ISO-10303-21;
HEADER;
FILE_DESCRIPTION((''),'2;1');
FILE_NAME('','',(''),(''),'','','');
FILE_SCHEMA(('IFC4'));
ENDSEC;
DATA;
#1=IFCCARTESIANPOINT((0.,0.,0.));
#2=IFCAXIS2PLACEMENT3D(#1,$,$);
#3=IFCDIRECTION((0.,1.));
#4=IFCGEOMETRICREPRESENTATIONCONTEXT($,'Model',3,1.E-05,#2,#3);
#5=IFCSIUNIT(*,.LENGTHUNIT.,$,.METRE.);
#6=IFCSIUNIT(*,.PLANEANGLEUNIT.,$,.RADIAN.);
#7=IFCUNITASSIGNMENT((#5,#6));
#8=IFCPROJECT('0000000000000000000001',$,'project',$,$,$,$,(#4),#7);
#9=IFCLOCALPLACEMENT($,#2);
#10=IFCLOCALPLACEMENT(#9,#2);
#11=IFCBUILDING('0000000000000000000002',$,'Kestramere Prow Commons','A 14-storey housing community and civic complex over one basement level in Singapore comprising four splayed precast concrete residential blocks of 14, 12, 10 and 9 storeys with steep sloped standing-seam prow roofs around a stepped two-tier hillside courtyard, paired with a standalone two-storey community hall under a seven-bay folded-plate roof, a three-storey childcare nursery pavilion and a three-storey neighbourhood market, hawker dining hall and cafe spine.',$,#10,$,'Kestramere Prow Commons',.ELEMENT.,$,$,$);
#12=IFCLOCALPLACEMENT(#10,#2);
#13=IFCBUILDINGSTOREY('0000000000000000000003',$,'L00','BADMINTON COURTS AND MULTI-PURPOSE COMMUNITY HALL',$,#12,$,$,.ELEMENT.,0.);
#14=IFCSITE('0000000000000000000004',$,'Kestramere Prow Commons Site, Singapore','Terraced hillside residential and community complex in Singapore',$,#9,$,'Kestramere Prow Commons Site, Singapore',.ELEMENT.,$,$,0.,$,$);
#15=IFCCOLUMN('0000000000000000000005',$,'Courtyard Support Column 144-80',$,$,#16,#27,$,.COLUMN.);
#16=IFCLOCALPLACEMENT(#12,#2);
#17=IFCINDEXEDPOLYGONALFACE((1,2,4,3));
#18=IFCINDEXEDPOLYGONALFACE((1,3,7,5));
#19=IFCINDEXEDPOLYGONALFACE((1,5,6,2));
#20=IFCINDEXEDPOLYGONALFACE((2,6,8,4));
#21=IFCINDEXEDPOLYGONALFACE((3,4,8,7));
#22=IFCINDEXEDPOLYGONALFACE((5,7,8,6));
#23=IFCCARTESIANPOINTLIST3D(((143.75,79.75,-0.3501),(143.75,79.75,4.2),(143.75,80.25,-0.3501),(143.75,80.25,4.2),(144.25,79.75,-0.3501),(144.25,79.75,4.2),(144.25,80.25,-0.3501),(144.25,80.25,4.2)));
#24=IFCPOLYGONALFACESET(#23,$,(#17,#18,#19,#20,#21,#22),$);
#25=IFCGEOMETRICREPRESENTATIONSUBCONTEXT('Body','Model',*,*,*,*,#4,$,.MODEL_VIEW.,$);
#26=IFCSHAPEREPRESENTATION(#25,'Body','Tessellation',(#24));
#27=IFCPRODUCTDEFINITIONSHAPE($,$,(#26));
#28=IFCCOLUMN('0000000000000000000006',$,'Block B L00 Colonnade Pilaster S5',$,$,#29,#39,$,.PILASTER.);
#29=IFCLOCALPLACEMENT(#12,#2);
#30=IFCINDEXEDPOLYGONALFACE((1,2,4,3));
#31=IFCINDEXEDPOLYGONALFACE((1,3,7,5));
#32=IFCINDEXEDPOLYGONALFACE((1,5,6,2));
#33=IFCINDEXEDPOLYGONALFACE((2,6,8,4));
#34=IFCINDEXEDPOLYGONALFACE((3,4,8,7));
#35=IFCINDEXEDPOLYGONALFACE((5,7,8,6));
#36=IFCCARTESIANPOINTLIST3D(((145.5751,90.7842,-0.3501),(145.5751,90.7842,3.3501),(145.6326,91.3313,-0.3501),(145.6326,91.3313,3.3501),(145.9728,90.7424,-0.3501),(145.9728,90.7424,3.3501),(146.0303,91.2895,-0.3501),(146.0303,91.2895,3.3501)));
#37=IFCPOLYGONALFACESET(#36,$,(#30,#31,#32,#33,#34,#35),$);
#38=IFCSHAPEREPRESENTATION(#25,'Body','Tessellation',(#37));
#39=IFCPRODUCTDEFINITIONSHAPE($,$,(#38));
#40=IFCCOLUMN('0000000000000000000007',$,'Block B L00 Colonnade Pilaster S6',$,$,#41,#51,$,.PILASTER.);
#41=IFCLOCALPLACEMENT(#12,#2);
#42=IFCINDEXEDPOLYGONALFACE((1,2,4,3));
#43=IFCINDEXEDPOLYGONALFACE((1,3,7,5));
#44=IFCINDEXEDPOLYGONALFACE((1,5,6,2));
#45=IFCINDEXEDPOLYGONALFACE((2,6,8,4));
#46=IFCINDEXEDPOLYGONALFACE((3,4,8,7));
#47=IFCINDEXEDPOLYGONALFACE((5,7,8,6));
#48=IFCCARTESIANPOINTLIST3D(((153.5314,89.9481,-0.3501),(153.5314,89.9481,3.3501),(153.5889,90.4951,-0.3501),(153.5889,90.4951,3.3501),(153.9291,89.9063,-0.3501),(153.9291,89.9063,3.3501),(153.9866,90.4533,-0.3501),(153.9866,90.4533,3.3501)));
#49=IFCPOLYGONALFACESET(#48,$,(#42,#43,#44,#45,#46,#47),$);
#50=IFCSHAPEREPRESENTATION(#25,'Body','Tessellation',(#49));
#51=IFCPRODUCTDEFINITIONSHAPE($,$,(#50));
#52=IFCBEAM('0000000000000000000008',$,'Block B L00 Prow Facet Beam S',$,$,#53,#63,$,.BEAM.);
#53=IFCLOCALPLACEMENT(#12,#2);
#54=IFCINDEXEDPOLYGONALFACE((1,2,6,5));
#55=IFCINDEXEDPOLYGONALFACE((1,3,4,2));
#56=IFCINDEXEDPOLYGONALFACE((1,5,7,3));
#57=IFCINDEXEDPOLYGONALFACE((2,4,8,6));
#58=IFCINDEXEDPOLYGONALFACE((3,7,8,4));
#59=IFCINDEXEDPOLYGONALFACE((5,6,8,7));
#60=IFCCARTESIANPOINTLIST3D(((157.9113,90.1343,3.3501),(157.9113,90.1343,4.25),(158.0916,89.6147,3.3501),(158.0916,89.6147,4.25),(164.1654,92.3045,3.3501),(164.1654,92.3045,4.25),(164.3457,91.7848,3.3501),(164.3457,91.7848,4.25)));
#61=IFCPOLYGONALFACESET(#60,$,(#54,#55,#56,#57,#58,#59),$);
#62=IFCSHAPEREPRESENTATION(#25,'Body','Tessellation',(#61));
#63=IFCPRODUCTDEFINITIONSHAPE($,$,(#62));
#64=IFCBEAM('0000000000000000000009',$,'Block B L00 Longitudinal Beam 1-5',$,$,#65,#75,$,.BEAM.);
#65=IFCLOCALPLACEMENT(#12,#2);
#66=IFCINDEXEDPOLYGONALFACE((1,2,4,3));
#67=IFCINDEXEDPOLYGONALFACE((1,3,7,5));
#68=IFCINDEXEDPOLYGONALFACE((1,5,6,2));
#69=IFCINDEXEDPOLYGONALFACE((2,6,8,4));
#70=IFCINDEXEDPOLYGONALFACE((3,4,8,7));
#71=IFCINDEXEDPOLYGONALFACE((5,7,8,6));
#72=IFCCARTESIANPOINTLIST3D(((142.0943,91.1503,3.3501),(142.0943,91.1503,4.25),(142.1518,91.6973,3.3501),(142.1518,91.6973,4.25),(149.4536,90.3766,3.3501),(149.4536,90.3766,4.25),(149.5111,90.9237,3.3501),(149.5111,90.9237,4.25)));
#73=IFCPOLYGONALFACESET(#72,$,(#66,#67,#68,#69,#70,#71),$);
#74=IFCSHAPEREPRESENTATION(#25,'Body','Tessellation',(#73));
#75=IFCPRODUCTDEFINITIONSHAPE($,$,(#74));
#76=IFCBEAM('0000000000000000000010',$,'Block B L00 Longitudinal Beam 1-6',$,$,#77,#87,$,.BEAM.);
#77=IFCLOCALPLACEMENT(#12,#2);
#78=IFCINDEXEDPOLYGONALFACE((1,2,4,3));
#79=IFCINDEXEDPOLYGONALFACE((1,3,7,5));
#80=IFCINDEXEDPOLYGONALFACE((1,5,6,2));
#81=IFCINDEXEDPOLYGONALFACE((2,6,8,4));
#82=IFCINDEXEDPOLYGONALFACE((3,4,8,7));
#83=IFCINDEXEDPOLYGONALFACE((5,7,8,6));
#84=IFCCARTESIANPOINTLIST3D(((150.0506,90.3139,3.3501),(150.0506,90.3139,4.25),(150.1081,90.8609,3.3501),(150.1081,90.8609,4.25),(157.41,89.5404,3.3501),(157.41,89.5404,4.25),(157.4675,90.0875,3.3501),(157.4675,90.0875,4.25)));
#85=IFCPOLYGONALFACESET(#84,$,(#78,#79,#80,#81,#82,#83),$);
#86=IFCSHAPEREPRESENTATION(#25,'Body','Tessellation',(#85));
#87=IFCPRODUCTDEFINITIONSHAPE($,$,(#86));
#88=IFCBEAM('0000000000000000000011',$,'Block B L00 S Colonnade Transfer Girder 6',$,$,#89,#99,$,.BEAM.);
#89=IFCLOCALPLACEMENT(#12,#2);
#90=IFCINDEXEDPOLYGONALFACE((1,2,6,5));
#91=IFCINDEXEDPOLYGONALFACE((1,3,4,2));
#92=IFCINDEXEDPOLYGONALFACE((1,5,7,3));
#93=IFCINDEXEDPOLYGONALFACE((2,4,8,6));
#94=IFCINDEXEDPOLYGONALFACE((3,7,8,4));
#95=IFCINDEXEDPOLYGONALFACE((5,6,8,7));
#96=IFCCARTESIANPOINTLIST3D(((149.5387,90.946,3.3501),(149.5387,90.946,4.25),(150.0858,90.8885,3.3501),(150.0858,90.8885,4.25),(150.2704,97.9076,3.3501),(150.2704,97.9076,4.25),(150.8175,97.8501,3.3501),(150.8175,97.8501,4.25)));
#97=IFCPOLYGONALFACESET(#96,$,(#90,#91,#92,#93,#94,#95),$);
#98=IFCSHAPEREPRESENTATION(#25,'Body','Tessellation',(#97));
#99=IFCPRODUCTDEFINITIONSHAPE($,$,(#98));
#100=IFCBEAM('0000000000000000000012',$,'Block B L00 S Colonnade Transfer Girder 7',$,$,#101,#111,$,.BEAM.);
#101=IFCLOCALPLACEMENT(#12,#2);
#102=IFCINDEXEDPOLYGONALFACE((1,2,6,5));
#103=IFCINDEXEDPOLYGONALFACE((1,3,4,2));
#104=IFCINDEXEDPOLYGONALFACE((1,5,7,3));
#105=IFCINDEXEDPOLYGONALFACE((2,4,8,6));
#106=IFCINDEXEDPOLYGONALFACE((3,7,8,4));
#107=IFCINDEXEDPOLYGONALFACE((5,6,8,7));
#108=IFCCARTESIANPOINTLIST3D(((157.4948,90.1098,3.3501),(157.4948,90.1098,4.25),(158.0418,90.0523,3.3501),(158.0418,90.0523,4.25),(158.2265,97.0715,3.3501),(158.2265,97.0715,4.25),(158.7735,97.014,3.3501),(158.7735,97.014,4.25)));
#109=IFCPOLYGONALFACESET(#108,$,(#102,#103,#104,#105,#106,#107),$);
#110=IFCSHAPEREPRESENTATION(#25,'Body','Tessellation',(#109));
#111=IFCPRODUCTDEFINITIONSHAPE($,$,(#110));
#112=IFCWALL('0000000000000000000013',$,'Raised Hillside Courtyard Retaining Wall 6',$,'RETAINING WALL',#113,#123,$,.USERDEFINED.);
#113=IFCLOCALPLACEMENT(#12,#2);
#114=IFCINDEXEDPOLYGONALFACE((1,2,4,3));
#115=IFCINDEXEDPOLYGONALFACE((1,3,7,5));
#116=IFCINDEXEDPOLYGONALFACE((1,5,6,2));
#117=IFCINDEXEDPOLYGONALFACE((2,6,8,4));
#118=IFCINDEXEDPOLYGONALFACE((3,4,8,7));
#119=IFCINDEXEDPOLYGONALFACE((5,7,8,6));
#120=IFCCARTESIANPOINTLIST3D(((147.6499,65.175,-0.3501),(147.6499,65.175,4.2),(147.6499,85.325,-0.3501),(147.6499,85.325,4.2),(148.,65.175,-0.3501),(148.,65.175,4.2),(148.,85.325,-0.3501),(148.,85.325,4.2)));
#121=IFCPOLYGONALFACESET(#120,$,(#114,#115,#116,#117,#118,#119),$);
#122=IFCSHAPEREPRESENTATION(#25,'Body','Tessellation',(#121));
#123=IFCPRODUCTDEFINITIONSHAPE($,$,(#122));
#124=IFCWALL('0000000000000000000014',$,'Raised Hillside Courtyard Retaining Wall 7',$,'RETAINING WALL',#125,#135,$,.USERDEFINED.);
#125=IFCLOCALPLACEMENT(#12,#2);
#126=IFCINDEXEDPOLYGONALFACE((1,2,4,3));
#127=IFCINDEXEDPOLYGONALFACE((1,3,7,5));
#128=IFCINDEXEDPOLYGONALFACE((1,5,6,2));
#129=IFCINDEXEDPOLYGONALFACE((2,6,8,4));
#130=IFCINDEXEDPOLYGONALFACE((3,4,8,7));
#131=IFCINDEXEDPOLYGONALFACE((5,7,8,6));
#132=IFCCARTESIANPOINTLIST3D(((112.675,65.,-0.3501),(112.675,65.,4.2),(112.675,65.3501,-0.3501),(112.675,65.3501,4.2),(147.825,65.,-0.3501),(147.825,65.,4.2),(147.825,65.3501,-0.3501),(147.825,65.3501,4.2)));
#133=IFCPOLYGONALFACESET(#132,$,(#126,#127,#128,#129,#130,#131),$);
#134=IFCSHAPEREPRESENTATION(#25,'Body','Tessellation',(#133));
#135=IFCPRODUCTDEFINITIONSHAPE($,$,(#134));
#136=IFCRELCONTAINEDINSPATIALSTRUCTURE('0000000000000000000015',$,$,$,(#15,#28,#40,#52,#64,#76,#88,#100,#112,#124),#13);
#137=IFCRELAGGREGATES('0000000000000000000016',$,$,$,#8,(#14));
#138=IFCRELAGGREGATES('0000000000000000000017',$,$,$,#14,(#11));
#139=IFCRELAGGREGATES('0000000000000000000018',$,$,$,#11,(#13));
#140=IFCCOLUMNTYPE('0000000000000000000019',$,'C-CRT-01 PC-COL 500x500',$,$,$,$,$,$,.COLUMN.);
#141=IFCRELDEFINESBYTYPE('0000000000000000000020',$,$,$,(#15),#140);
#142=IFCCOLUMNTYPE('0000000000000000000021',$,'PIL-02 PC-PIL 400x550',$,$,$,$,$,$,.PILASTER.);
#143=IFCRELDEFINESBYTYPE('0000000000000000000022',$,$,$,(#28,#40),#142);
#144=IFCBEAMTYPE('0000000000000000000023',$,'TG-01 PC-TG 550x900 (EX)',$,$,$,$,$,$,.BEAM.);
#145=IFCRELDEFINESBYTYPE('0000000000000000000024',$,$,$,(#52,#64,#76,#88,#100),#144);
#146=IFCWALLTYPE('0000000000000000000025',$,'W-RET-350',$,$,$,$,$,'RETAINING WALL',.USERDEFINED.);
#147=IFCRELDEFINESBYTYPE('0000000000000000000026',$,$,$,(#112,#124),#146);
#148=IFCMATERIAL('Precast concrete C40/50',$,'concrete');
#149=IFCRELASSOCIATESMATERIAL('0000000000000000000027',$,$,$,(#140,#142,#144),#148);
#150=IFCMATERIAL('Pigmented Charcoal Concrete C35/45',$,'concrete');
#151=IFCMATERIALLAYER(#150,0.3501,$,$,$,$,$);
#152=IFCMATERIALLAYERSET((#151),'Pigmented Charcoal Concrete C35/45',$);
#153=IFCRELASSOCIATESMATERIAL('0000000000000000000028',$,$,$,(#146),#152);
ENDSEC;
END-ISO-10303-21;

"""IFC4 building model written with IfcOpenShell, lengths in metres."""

from ifc_helpers import new_model, si_unit, direction, frame, frame_2d, origin, origin_2d, place, context, subcontext, project, spatial, rectangle, extrude, material, layer, layer_set, material_profile, profile_set, type_object, element, save


model = new_model("IFC4")

# Units and contexts
model_context = context("Model", 3, precision=1e-05, world=origin(), true_north=direction((0.0, 1.0)))
body_context = subcontext(model_context, "Body", "Model", "MODEL_VIEW")
ifc_project = project(units=[si_unit("LENGTHUNIT", "METRE"), si_unit("PLANEANGLEUNIT", "RADIAN")], contexts=[model_context])

# Site, building, storey
site_placement = place(None, origin())
site = spatial("IfcSite", under=ifc_project, at=site_placement, Name="Kestramere Prow Commons Site, Singapore", Description="Terraced hillside residential and community complex in Singapore", LongName="Kestramere Prow Commons Site, Singapore", CompositionType="ELEMENT", RefElevation=0.0)
building_placement = place(site_placement, origin())
building = spatial("IfcBuilding", under=site, at=building_placement, Name="Kestramere Prow Commons", Description="A 14-storey housing community and civic complex over one basement level in Singapore comprising four splayed precast concrete residential blocks of 14, 12, 10 and 9 storeys with steep sloped standing-seam prow roofs around a stepped two-tier hillside courtyard, paired with a standalone two-storey community hall under a seven-bay folded-plate roof, a three-storey childcare nursery pavilion and a three-storey neighbourhood market, hawker dining hall and cafe spine.", LongName="Kestramere Prow Commons", CompositionType="ELEMENT")
storey_placement = place(building_placement, origin())
storey = spatial("IfcBuildingStorey", under=building, at=storey_placement, Name="L00", Description="BADMINTON COURTS AND MULTI-PURPOSE COMMUNITY HALL", CompositionType="ELEMENT", Elevation=0.0)

# Columns
ifc_material_1 = material(Name="Precast concrete C40/50", Category="concrete")
ifc_material_profile_1 = material_profile(ifc_material_1, rectangle(XDim=0.5, YDim=0.5, at=origin_2d()), Name="PC-COL 500x500")
ifc_profile_set_1 = profile_set([ifc_material_profile_1], Name="Precast concrete C40/50")
column_type_1 = type_object("IfcColumnType", Name="C-CRT-01 PC-COL 500x500", PredefinedType="COLUMN", material=ifc_profile_set_1)
for number, where, z_axis, x_axis, name in (
    (1, (144.0, 80.0, -0.3501), (0.0, 0.0, 1.0), (1.0, 0.0, 0.0), "Courtyard Support Column 144-80"),
):
    element("IfcColumn", number, at=place(storey_placement, frame(where, z_axis=z_axis, x_axis=x_axis)), inside=storey, type_object=column_type_1, Name=name, PredefinedType="COLUMN", context=body_context, shape_type="SweptSolid", body=[
        extrude(rectangle(XDim=0.5, YDim=0.5, at=origin_2d()), origin(), (0.0, 0.0, 1.0), 4.55),
    ])
ifc_material_profile_2 = material_profile(ifc_material_1, rectangle(XDim=0.3999, YDim=0.55, at=origin_2d()), Name="PC-PIL 400x550")
ifc_profile_set_2 = profile_set([ifc_material_profile_2], Name="Precast concrete C40/50")
column_type_2 = type_object("IfcColumnType", Name="PIL-02 PC-PIL 400x550", PredefinedType="PILASTER", material=ifc_profile_set_2)
for number, where, z_axis, x_axis, name in (
    (2, (145.8027, 91.0369, -0.3501), (0.0, 0.0, 1.0), (0.994522, -0.104528, 0.0), "Block B L00 Colonnade Pilaster S5"),
    (3, (153.759, 90.2007, -0.3501), (0.0, 0.0, 1.0), (0.994522, -0.104528, 0.0), "Block B L00 Colonnade Pilaster S6"),
):
    element("IfcColumn", number, at=place(storey_placement, frame(where, z_axis=z_axis, x_axis=x_axis)), inside=storey, type_object=column_type_2, Name=name, PredefinedType="PILASTER", context=body_context, shape_type="SweptSolid", body=[
        extrude(rectangle(XDim=0.3999, YDim=0.55, at=origin_2d()), origin(), (0.0, 0.0, 1.0), 3.7002),
    ])

# Beams
ifc_material_profile_3 = material_profile(ifc_material_1, rectangle(XDim=0.55, YDim=0.8999, at=origin_2d()), Name="PC-TG 550x900")
ifc_profile_set_3 = profile_set([ifc_material_profile_3], Name="Precast concrete C40/50")
beam_type = type_object("IfcBeamType", Name="TG-01 PC-TG 550x900 (EX)", PredefinedType="BEAM", material=ifc_profile_set_3)
beam_placement = place(storey_placement, frame((158.0015, 89.8745, 3.8), z_axis=(0.94474, 0.327821, 0.0), x_axis=(-0.327821, 0.94474, 0.0)))
element("IfcBeam", 4, at=beam_placement, inside=storey, type_object=beam_type, Name="Block B L00 Prow Facet Beam S", PredefinedType="BEAM", context=body_context, shape_type="SweptSolid", body=[
    extrude(rectangle(XDim=0.55, YDim=0.8999, at=origin_2d()), origin(), (0.0, 0.0, 1.0), 6.6199),
])
for number, where, z_axis, x_axis, name in (
    (5, (142.123, 91.4238, 3.8), (0.994519, -0.104553, 0.0), (0.104553, 0.994519, 0.0), "Block B L00 Longitudinal Beam 1-5"),
    (6, (150.0793, 90.5874, 3.8), (0.994523, -0.10452, 0.0), (0.10452, 0.994523, 0.0), "Block B L00 Longitudinal Beam 1-6"),
):
    element("IfcBeam", number, at=place(storey_placement, frame(where, z_axis=z_axis, x_axis=x_axis)), inside=storey, type_object=beam_type, Name=name, PredefinedType="BEAM", context=body_context, shape_type="SweptSolid", body=[
        extrude(rectangle(XDim=0.55, YDim=0.8999, at=origin_2d()), origin(), (0.0, 0.0, 1.0), 7.3999),
    ])
for number, where, z_axis, x_axis, name in (
    (7, (149.8123, 90.9172, 3.8), (0.104527, 0.994522, 0.0), (-0.994522, 0.104527, 0.0), "Block B L00 S Colonnade Transfer Girder 6"),
    (8, (157.7683, 90.0811, 3.8), (0.104527, 0.994522, 0.0), (-0.994522, 0.104527, 0.0), "Block B L00 S Colonnade Transfer Girder 7"),
):
    element("IfcBeam", number, at=place(storey_placement, frame(where, z_axis=z_axis, x_axis=x_axis)), inside=storey, type_object=beam_type, Name=name, PredefinedType="BEAM", context=body_context, shape_type="SweptSolid", body=[
        extrude(rectangle(XDim=0.55, YDim=0.8999, at=origin_2d()), origin(), (0.0, 0.0, 1.0), 7.0),
    ])

# Walls
ifc_material_2 = material(Name="Pigmented Charcoal Concrete C35/45", Category="concrete")
ifc_layer = layer(ifc_material_2, 0.3501)
ifc_layer_set = layer_set([ifc_layer], Name="Pigmented Charcoal Concrete C35/45")
wall_type = type_object("IfcWallType", Name="W-RET-350", ElementType="RETAINING WALL", PredefinedType="USERDEFINED", material=ifc_layer_set)
wall_1_placement = place(storey_placement, frame((147.825, 85.325, -0.3501), z_axis=(0.0, 0.0, 1.0), x_axis=(0.0, -1.0, 0.0)))
element("IfcWall", 9, at=wall_1_placement, inside=storey, type_object=wall_type, Name="Raised Hillside Courtyard Retaining Wall 6", ObjectType="RETAINING WALL", PredefinedType="USERDEFINED", context=body_context, shape_type="SweptSolid", body=[
    extrude(rectangle(XDim=20.1499, YDim=0.3501, at=frame_2d((10.075, 0.0))), origin(), (0.0, 0.0, 1.0), 4.55),
])
wall_2_placement = place(storey_placement, frame((147.825, 65.175, -0.3501), z_axis=(0.0, 0.0, 1.0), x_axis=(-1.0, 0.0, 0.0)))
element("IfcWall", 10, at=wall_2_placement, inside=storey, type_object=wall_type, Name="Raised Hillside Courtyard Retaining Wall 7", ObjectType="RETAINING WALL", PredefinedType="USERDEFINED", context=body_context, shape_type="SweptSolid", body=[
    extrude(rectangle(XDim=35.1499, YDim=0.3501, at=frame_2d((17.575, 0.0))), origin(), (0.0, 0.0, 1.0), 4.55),
])

save(model, "model.ifc")
